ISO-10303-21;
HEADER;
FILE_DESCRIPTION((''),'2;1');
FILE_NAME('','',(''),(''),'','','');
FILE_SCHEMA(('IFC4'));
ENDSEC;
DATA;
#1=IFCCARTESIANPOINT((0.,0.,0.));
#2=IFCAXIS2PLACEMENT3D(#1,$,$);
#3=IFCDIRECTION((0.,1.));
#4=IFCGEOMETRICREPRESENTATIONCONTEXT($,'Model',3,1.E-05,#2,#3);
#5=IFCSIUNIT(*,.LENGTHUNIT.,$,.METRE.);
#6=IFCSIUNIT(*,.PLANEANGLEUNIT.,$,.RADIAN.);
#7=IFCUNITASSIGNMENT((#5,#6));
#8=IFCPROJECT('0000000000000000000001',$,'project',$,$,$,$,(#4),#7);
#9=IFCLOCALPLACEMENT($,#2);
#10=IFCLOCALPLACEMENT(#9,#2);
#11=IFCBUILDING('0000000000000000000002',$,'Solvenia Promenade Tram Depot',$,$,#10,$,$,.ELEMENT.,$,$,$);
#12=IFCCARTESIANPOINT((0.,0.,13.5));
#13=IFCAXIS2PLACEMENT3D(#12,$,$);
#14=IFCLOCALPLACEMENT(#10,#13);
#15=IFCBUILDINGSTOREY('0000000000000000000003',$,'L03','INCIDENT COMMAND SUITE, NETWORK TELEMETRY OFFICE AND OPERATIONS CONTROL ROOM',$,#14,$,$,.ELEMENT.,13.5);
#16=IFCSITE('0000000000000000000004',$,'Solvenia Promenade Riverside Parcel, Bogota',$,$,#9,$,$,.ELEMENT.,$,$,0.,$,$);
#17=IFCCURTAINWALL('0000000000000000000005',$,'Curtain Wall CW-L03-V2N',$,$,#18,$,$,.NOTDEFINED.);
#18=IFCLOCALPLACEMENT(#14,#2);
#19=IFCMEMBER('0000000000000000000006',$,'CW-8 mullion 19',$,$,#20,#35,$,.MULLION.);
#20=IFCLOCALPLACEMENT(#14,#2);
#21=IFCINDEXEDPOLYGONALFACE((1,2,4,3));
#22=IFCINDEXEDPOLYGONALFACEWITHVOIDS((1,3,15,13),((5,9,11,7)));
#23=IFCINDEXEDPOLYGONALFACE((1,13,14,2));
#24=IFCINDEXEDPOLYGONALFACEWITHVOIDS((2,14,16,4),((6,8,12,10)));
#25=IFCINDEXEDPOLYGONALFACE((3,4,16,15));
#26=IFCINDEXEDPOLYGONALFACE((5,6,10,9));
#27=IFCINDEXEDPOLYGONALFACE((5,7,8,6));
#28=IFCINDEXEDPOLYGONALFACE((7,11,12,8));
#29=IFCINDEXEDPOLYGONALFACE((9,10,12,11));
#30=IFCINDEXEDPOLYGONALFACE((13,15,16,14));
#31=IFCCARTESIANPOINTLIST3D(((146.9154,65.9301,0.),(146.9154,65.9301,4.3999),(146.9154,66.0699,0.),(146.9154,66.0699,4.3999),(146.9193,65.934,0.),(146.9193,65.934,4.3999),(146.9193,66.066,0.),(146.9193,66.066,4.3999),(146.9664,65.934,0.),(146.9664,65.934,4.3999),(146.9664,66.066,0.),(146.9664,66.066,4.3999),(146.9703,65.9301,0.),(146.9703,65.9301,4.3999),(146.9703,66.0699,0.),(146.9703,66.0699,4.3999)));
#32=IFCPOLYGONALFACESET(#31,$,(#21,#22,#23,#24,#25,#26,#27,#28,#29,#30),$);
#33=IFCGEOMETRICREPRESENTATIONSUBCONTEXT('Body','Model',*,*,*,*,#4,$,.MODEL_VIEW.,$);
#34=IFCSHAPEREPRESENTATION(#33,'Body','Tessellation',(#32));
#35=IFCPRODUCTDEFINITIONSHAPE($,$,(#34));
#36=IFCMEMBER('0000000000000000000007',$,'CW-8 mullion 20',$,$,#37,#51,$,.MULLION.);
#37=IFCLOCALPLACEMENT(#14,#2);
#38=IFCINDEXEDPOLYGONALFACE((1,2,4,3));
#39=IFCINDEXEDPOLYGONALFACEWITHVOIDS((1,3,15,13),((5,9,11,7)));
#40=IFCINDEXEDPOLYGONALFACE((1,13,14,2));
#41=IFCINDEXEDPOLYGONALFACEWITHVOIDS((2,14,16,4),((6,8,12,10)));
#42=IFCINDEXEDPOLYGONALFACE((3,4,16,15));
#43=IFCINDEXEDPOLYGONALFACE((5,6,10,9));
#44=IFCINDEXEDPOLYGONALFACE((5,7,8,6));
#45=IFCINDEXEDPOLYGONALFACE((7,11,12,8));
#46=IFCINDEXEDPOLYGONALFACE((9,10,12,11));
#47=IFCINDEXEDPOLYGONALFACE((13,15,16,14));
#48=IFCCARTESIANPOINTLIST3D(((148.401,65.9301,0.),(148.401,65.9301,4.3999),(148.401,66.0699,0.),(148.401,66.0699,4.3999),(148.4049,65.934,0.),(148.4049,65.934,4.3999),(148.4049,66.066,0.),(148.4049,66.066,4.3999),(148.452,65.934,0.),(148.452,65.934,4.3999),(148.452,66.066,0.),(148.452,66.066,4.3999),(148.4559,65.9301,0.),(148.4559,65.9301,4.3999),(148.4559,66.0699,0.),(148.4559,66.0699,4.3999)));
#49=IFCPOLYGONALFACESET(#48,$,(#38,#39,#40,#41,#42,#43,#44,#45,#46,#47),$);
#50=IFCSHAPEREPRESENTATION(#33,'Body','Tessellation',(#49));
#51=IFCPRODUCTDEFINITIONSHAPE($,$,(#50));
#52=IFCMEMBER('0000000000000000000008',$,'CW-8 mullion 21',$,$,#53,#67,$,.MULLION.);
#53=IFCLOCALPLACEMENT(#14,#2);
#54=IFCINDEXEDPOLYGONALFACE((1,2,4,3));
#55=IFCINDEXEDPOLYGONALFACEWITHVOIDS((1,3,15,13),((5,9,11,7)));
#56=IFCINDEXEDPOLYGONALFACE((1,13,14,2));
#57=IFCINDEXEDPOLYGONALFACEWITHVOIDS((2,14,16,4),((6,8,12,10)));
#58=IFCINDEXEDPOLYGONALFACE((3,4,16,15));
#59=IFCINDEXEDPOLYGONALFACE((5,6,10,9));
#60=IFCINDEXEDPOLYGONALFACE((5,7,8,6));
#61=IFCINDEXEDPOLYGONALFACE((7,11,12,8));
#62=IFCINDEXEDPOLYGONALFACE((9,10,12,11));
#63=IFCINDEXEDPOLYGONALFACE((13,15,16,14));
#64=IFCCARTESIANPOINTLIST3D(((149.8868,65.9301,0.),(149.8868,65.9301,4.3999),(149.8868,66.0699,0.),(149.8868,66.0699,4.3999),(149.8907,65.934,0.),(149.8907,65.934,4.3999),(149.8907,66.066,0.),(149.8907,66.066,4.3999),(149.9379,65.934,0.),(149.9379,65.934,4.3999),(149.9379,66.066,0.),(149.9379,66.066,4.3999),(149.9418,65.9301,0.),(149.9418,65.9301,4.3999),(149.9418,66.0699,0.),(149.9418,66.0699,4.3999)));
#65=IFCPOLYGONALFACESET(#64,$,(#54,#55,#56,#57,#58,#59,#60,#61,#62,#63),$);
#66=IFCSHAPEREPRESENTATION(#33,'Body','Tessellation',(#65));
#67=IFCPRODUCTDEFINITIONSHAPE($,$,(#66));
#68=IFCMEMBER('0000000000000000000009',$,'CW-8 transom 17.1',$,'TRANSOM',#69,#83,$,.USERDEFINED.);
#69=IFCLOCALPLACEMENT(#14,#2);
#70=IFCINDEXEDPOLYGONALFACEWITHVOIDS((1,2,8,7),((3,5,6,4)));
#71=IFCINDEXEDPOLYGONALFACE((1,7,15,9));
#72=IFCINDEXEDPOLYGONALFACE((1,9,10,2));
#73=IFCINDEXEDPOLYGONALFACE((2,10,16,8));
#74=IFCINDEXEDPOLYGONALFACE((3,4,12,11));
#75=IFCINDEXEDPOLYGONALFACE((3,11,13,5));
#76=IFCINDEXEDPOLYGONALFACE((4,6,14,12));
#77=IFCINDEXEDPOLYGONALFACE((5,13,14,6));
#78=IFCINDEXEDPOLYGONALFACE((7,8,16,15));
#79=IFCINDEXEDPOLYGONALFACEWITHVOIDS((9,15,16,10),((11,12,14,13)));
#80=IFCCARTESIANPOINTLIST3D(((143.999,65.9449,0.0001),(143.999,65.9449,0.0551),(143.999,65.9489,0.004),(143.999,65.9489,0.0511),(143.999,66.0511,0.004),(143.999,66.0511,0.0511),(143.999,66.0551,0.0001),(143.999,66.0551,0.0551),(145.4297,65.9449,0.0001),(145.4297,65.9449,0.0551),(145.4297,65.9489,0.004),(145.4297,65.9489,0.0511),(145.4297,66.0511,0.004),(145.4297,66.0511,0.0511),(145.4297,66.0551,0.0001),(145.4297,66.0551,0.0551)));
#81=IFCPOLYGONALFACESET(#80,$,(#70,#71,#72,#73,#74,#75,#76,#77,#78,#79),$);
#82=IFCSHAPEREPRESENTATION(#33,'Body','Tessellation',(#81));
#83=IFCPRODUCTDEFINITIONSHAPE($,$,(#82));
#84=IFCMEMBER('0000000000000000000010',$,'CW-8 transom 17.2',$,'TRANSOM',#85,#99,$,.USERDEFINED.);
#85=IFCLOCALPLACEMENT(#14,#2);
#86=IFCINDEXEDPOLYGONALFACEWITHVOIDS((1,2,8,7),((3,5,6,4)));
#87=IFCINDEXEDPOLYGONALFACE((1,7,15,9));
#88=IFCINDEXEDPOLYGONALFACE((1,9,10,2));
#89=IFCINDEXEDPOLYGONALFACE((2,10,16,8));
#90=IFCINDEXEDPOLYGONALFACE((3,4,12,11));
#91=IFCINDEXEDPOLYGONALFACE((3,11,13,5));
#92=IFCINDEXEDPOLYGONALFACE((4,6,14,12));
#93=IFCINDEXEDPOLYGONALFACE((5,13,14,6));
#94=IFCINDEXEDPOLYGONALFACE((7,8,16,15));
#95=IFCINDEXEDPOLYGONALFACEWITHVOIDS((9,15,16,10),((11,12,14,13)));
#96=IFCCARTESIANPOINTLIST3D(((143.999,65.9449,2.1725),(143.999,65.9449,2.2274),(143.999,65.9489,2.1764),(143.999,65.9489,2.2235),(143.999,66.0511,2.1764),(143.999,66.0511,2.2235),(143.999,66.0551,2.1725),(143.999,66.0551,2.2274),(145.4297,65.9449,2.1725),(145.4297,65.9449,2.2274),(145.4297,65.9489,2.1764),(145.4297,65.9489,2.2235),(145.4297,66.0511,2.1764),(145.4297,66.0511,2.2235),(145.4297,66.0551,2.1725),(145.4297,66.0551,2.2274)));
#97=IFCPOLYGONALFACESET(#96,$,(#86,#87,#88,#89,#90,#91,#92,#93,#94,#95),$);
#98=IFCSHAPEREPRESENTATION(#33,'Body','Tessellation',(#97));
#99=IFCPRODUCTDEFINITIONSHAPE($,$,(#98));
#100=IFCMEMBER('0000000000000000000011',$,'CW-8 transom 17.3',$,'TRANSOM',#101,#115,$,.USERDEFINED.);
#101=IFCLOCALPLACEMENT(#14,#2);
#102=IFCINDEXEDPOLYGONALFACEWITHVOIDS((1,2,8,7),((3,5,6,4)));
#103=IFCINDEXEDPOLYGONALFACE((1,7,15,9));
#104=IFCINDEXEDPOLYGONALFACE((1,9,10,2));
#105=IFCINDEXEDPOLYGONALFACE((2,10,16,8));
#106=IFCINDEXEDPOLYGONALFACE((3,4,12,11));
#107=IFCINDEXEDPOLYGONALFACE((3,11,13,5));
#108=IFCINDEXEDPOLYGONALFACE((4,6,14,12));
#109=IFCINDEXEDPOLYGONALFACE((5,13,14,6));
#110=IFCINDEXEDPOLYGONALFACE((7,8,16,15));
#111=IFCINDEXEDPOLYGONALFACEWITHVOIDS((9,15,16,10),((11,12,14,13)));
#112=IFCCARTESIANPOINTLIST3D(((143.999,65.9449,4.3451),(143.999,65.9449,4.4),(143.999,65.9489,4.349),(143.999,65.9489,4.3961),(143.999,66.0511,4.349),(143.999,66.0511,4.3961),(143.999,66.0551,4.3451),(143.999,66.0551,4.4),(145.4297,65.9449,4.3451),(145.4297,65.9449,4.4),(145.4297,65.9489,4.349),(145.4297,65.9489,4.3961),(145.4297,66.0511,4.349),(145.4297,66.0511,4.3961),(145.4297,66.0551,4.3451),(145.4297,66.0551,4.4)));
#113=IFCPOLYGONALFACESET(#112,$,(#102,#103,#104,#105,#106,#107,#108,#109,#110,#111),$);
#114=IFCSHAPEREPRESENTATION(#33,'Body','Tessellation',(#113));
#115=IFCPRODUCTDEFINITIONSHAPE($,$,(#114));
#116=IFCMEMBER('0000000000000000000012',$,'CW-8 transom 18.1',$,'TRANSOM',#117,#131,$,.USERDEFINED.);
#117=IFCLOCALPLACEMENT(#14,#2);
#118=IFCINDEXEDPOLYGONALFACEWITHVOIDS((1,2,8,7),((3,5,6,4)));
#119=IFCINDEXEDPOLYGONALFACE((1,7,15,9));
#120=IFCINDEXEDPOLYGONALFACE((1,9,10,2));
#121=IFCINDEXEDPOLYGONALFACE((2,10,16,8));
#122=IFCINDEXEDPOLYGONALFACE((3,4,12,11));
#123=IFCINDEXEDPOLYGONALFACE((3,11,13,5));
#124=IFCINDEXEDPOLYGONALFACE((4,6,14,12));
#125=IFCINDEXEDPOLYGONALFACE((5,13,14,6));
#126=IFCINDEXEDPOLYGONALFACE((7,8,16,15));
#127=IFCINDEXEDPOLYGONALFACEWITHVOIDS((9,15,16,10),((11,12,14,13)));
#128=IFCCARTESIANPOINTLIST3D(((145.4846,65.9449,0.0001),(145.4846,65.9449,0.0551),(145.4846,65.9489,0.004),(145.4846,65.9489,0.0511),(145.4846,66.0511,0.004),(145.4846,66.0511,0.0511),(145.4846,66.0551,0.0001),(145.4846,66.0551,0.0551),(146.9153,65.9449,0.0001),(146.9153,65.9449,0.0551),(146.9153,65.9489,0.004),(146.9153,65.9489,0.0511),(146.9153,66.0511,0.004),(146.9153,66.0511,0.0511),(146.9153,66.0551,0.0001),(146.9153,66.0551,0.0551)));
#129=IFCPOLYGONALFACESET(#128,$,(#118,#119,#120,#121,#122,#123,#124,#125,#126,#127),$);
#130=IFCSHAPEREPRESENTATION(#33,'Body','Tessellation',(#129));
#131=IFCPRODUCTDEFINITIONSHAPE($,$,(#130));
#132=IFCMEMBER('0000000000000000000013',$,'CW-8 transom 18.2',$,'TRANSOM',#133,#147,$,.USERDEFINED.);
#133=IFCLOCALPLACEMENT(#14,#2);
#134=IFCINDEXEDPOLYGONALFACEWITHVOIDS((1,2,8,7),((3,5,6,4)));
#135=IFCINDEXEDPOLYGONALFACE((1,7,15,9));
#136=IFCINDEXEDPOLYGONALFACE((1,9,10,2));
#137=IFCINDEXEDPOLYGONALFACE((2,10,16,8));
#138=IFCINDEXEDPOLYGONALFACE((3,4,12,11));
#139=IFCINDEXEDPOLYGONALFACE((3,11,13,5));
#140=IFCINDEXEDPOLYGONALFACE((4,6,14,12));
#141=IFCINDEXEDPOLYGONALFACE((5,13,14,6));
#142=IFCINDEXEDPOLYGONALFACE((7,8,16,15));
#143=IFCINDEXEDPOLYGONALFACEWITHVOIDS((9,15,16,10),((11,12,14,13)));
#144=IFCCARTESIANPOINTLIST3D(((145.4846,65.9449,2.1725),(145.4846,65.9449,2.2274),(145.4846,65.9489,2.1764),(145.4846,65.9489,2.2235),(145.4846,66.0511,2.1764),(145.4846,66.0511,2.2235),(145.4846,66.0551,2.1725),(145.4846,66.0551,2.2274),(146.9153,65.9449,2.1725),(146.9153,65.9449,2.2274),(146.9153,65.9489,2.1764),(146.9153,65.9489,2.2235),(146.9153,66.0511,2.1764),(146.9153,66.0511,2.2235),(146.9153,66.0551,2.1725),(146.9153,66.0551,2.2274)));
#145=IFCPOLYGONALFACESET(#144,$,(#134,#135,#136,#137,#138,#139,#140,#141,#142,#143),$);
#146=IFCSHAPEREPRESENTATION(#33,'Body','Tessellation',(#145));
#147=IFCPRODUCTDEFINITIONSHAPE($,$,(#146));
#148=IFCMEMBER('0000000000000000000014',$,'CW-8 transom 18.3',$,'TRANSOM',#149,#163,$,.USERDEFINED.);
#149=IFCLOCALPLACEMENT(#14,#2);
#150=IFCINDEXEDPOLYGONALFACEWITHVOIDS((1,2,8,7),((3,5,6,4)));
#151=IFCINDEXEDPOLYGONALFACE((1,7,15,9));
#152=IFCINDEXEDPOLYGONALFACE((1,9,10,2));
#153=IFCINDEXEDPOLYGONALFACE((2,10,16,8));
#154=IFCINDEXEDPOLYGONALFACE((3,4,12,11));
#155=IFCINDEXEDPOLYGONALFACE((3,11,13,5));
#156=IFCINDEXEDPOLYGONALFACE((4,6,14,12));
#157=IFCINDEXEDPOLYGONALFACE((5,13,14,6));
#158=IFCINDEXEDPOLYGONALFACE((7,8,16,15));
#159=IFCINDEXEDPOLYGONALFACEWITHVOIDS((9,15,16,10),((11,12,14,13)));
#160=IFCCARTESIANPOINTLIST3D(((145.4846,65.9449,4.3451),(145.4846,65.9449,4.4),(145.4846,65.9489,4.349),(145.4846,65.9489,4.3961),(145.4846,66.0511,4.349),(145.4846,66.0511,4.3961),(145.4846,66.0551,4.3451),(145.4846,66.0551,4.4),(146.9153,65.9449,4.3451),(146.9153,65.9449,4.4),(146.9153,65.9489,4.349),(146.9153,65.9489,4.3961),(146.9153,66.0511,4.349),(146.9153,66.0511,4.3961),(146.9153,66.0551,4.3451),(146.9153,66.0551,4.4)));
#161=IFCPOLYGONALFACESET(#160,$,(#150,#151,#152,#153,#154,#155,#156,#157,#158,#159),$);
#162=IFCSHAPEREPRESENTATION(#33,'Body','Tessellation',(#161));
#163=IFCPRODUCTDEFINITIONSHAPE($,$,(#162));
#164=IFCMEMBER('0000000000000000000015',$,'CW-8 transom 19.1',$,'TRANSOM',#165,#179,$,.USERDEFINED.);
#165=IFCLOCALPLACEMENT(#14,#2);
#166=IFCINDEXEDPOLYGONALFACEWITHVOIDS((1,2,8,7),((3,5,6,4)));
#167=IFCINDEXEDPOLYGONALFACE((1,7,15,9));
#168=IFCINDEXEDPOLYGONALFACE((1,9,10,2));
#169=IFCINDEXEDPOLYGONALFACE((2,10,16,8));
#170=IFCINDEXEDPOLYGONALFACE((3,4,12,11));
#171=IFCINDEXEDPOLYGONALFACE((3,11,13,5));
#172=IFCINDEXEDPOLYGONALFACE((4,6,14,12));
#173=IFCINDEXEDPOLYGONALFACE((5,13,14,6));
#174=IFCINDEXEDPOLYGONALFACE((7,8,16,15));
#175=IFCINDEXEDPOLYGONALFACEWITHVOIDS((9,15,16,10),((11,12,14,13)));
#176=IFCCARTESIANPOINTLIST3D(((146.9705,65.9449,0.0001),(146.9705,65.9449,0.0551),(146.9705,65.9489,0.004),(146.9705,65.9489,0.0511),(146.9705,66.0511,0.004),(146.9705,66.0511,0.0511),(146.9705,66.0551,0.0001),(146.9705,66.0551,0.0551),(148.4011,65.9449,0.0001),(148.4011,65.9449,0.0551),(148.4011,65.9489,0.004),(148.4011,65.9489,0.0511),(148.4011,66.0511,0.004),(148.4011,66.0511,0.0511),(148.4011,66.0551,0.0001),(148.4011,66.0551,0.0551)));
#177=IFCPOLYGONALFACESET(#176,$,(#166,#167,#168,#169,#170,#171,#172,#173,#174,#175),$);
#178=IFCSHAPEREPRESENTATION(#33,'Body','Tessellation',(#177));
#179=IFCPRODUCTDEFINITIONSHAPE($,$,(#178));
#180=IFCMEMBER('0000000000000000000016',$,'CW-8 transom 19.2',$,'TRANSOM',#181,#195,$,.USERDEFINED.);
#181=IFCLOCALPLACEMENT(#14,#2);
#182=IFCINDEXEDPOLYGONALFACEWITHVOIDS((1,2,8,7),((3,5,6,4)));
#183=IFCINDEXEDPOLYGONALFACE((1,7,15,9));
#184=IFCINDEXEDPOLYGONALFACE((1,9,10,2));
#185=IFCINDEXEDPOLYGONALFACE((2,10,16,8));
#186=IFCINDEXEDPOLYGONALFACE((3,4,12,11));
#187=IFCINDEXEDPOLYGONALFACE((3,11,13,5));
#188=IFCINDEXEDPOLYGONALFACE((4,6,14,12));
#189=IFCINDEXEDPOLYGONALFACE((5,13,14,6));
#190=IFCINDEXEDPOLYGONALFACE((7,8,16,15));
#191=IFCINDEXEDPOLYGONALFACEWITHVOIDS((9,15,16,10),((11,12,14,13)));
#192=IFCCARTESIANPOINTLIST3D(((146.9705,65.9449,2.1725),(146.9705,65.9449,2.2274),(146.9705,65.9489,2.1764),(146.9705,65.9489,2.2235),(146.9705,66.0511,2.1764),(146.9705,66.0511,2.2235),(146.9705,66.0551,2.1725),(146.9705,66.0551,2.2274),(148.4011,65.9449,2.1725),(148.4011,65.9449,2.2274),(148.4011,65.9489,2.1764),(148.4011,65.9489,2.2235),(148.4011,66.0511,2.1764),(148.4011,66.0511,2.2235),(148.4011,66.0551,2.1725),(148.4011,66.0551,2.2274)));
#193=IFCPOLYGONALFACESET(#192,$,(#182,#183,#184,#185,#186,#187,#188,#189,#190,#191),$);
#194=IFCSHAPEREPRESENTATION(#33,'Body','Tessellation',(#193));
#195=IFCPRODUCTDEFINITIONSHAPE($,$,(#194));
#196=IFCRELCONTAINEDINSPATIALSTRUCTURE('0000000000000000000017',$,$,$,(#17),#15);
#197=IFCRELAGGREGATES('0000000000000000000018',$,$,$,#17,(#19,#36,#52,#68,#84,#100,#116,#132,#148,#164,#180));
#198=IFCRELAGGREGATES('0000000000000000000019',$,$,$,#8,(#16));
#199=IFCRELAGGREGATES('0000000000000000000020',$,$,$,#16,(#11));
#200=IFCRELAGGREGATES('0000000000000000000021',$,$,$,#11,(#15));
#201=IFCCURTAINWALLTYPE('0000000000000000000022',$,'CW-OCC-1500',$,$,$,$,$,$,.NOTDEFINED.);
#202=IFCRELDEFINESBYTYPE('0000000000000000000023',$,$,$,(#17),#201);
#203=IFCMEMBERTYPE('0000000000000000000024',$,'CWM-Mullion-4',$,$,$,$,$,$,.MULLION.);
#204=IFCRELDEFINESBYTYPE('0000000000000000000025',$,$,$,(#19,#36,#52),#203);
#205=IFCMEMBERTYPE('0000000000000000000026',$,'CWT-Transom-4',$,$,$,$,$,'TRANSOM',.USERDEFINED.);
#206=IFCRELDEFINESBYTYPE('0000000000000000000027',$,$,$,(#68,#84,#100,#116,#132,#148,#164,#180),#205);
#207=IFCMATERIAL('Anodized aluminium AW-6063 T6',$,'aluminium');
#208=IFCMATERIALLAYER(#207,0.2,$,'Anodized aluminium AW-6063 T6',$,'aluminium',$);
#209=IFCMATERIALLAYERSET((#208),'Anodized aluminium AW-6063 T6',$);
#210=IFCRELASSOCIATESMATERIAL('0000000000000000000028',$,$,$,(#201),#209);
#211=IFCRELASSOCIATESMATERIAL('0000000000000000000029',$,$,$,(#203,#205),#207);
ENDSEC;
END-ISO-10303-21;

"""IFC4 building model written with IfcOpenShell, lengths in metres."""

from ifc_helpers import new_model, si_unit, direction, frame, origin, origin_2d, place, context, subcontext, project, spatial, hollow_rectangle, extrude, material, layer, layer_set, material_profile, profile_set, type_object, element, aggregate, save


model = new_model("IFC4")

# Units and contexts
model_context = context("Model", 3, precision=1e-05, world=origin(), true_north=direction((0.0, 1.0)))
body_context = subcontext(model_context, "Body", "Model", "MODEL_VIEW")
ifc_project = project(units=[si_unit("LENGTHUNIT", "METRE"), si_unit("PLANEANGLEUNIT", "RADIAN")], contexts=[model_context])

# Site, building, storey
site_placement = place(None, origin())
site = spatial("IfcSite", under=ifc_project, at=site_placement, Name="Solvenia Promenade Riverside Parcel, Bogota", CompositionType="ELEMENT", RefElevation=0.0)
building_placement = place(site_placement, origin())
building = spatial("IfcBuilding", under=site, at=building_placement, Name="Solvenia Promenade Tram Depot", CompositionType="ELEMENT")
storey_placement = place(building_placement, frame((0.0, 0.0, 13.5)))
storey = spatial("IfcBuildingStorey", under=building, at=storey_placement, Name="L03", Description="INCIDENT COMMAND SUITE, NETWORK TELEMETRY OFFICE AND OPERATIONS CONTROL ROOM", CompositionType="ELEMENT", Elevation=13.5)

# Curtain wall, members
ifc_material_1 = material(Name="Anodized aluminium AW-6063 T6", Category="aluminium")
ifc_layer_1 = layer(ifc_material_1, 0.2, Name="Anodized aluminium AW-6063 T6", Category="aluminium")
ifc_layer_set_1 = layer_set([ifc_layer_1], Name="Anodized aluminium AW-6063 T6")
curtain_wall_type = type_object("IfcCurtainWallType", Name="CW-OCC-1500", PredefinedType="NOTDEFINED", material=ifc_layer_set_1)
curtain_wall_placement = place(storey_placement, origin())
curtain_wall = element("IfcCurtainWall", 1, at=curtain_wall_placement, inside=storey, type_object=curtain_wall_type, Name="Curtain Wall CW-L03-V2N", PredefinedType="NOTDEFINED")
ifc_material_profile_1 = material_profile(ifc_material_1, hollow_rectangle(XDim=0.1399, YDim=0.0549, WallThickness=0.0039, at=origin_2d()), Name="ALU-M4", Category="aluminium")
ifc_profile_set_1 = profile_set([ifc_material_profile_1], Name="Anodized aluminium AW-6063 T6")
member_type_1 = type_object("IfcMemberType", Name="CWM-Mullion-4", PredefinedType="MULLION", material=ifc_profile_set_1)
member_1_placement = place(storey_placement, frame((146.9429, 66.0, 0.0), z_axis=(0.0, 0.0, 1.0), x_axis=(0.0, 1.0, 0.0)))
member_1 = element("IfcMember", 2, at=member_1_placement, type_object=member_type_1, Name="CW-8 mullion 19", PredefinedType="MULLION", context=body_context, shape_type="SweptSolid", body=[
    extrude(hollow_rectangle(XDim=0.1399, YDim=0.0549, WallThickness=0.0039, at=origin_2d()), origin(), (0.0, 0.0, 1.0), 4.3999),
])
member_2_placement = place(storey_placement, frame((148.4285, 66.0, 0.0), z_axis=(0.0, 0.0, 1.0), x_axis=(0.0, 1.0, 0.0)))
member_2 = element("IfcMember", 3, at=member_2_placement, type_object=member_type_1, Name="CW-8 mullion 20", PredefinedType="MULLION", context=body_context, shape_type="SweptSolid", body=[
    extrude(hollow_rectangle(XDim=0.1399, YDim=0.0549, WallThickness=0.0039, at=origin_2d()), origin(), (0.0, 0.0, 1.0), 4.3999),
])
member_3_placement = place(storey_placement, frame((149.9143, 66.0, 0.0), z_axis=(0.0, 0.0, 1.0), x_axis=(0.0, 1.0, 0.0)))
member_3 = element("IfcMember", 4, at=member_3_placement, type_object=member_type_1, Name="CW-8 mullion 21", PredefinedType="MULLION", context=body_context, shape_type="SweptSolid", body=[
    extrude(hollow_rectangle(XDim=0.1399, YDim=0.0549, WallThickness=0.0039, at=origin_2d()), origin(), (0.0, 0.0, 1.0), 4.3999),
])
ifc_material_profile_2 = material_profile(ifc_material_1, hollow_rectangle(XDim=0.1101, YDim=0.0549, WallThickness=0.0039, at=origin_2d()), Name="ALU-T4", Category="aluminium")
ifc_profile_set_2 = profile_set([ifc_material_profile_2], Name="Anodized aluminium AW-6063 T6")
member_type_2 = type_object("IfcMemberType", Name="CWT-Transom-4", ElementType="TRANSOM", PredefinedType="USERDEFINED", material=ifc_profile_set_2)
member_4_placement = place(storey_placement, frame((143.999, 66.0, 0.0276), z_axis=(1.0, 0.0, 0.0), x_axis=(0.0, 1.0, 0.0)))
member_4 = element("IfcMember", 5, at=member_4_placement, type_object=member_type_2, Name="CW-8 transom 17.1", ObjectType="TRANSOM", PredefinedType="USERDEFINED", context=body_context, shape_type="SweptSolid", body=[
    extrude(hollow_rectangle(XDim=0.1101, YDim=0.0549, WallThickness=0.0039, at=origin_2d()), origin(), (0.0, 0.0, 1.0), 1.4307),
])
member_5_placement = place(storey_placement, frame((143.999, 66.0, 2.2), z_axis=(1.0, 0.0, 0.0), x_axis=(0.0, 1.0, 0.0)))
member_5 = element("IfcMember", 6, at=member_5_placement, type_object=member_type_2, Name="CW-8 transom 17.2", ObjectType="TRANSOM", PredefinedType="USERDEFINED", context=body_context, shape_type="SweptSolid", body=[
    extrude(hollow_rectangle(XDim=0.1101, YDim=0.0549, WallThickness=0.0039, at=origin_2d()), origin(), (0.0, 0.0, 1.0), 1.4307),
])
member_6_placement = place(storey_placement, frame((143.999, 66.0, 4.3726), z_axis=(1.0, 0.0, 0.0), x_axis=(0.0, 1.0, 0.0)))
member_6 = element("IfcMember", 7, at=member_6_placement, type_object=member_type_2, Name="CW-8 transom 17.3", ObjectType="TRANSOM", PredefinedType="USERDEFINED", context=body_context, shape_type="SweptSolid", body=[
    extrude(hollow_rectangle(XDim=0.1101, YDim=0.0549, WallThickness=0.0039, at=origin_2d()), origin(), (0.0, 0.0, 1.0), 1.4307),
])
member_7_placement = place(storey_placement, frame((145.4846, 66.0, 0.0276), z_axis=(1.0, 0.0, 0.0), x_axis=(0.0, 1.0, 0.0)))
member_7 = element("IfcMember", 8, at=member_7_placement, type_object=member_type_2, Name="CW-8 transom 18.1", ObjectType="TRANSOM", PredefinedType="USERDEFINED", context=body_context, shape_type="SweptSolid", body=[
    extrude(hollow_rectangle(XDim=0.1101, YDim=0.0549, WallThickness=0.0039, at=origin_2d()), origin(), (0.0, 0.0, 1.0), 1.4307),
])
member_8_placement = place(storey_placement, frame((145.4846, 66.0, 2.2), z_axis=(1.0, 0.0, 0.0), x_axis=(0.0, 1.0, 0.0)))
member_8 = element("IfcMember", 9, at=member_8_placement, type_object=member_type_2, Name="CW-8 transom 18.2", ObjectType="TRANSOM", PredefinedType="USERDEFINED", context=body_context, shape_type="SweptSolid", body=[
    extrude(hollow_rectangle(XDim=0.1101, YDim=0.0549, WallThickness=0.0039, at=origin_2d()), origin(), (0.0, 0.0, 1.0), 1.4307),
])
member_9_placement = place(storey_placement, frame((145.4846, 66.0, 4.3726), z_axis=(1.0, 0.0, 0.0), x_axis=(0.0, 1.0, 0.0)))
member_9 = element("IfcMember", 10, at=member_9_placement, type_object=member_type_2, Name="CW-8 transom 18.3", ObjectType="TRANSOM", PredefinedType="USERDEFINED", context=body_context, shape_type="SweptSolid", body=[
    extrude(hollow_rectangle(XDim=0.1101, YDim=0.0549, WallThickness=0.0039, at=origin_2d()), origin(), (0.0, 0.0, 1.0), 1.4307),
])
member_10_placement = place(storey_placement, frame((146.9705, 66.0, 0.0276), z_axis=(1.0, 0.0, 0.0), x_axis=(0.0, 1.0, 0.0)))
member_10 = element("IfcMember", 11, at=member_10_placement, type_object=member_type_2, Name="CW-8 transom 19.1", ObjectType="TRANSOM", PredefinedType="USERDEFINED", context=body_context, shape_type="SweptSolid", body=[
    extrude(hollow_rectangle(XDim=0.1101, YDim=0.0549, WallThickness=0.0039, at=origin_2d()), origin(), (0.0, 0.0, 1.0), 1.4307),
])
member_11_placement = place(storey_placement, frame((146.9705, 66.0, 2.2), z_axis=(1.0, 0.0, 0.0), x_axis=(0.0, 1.0, 0.0)))
member_11 = element("IfcMember", 12, at=member_11_placement, type_object=member_type_2, Name="CW-8 transom 19.2", ObjectType="TRANSOM", PredefinedType="USERDEFINED", context=body_context, shape_type="SweptSolid", body=[
    extrude(hollow_rectangle(XDim=0.1101, YDim=0.0549, WallThickness=0.0039, at=origin_2d()), origin(), (0.0, 0.0, 1.0), 1.4307),
])

aggregate(curtain_wall, [member_1, member_2, member_3, member_4, member_5, member_6, member_7, member_8, member_9, member_10, member_11])

save(model, "model.ifc")
